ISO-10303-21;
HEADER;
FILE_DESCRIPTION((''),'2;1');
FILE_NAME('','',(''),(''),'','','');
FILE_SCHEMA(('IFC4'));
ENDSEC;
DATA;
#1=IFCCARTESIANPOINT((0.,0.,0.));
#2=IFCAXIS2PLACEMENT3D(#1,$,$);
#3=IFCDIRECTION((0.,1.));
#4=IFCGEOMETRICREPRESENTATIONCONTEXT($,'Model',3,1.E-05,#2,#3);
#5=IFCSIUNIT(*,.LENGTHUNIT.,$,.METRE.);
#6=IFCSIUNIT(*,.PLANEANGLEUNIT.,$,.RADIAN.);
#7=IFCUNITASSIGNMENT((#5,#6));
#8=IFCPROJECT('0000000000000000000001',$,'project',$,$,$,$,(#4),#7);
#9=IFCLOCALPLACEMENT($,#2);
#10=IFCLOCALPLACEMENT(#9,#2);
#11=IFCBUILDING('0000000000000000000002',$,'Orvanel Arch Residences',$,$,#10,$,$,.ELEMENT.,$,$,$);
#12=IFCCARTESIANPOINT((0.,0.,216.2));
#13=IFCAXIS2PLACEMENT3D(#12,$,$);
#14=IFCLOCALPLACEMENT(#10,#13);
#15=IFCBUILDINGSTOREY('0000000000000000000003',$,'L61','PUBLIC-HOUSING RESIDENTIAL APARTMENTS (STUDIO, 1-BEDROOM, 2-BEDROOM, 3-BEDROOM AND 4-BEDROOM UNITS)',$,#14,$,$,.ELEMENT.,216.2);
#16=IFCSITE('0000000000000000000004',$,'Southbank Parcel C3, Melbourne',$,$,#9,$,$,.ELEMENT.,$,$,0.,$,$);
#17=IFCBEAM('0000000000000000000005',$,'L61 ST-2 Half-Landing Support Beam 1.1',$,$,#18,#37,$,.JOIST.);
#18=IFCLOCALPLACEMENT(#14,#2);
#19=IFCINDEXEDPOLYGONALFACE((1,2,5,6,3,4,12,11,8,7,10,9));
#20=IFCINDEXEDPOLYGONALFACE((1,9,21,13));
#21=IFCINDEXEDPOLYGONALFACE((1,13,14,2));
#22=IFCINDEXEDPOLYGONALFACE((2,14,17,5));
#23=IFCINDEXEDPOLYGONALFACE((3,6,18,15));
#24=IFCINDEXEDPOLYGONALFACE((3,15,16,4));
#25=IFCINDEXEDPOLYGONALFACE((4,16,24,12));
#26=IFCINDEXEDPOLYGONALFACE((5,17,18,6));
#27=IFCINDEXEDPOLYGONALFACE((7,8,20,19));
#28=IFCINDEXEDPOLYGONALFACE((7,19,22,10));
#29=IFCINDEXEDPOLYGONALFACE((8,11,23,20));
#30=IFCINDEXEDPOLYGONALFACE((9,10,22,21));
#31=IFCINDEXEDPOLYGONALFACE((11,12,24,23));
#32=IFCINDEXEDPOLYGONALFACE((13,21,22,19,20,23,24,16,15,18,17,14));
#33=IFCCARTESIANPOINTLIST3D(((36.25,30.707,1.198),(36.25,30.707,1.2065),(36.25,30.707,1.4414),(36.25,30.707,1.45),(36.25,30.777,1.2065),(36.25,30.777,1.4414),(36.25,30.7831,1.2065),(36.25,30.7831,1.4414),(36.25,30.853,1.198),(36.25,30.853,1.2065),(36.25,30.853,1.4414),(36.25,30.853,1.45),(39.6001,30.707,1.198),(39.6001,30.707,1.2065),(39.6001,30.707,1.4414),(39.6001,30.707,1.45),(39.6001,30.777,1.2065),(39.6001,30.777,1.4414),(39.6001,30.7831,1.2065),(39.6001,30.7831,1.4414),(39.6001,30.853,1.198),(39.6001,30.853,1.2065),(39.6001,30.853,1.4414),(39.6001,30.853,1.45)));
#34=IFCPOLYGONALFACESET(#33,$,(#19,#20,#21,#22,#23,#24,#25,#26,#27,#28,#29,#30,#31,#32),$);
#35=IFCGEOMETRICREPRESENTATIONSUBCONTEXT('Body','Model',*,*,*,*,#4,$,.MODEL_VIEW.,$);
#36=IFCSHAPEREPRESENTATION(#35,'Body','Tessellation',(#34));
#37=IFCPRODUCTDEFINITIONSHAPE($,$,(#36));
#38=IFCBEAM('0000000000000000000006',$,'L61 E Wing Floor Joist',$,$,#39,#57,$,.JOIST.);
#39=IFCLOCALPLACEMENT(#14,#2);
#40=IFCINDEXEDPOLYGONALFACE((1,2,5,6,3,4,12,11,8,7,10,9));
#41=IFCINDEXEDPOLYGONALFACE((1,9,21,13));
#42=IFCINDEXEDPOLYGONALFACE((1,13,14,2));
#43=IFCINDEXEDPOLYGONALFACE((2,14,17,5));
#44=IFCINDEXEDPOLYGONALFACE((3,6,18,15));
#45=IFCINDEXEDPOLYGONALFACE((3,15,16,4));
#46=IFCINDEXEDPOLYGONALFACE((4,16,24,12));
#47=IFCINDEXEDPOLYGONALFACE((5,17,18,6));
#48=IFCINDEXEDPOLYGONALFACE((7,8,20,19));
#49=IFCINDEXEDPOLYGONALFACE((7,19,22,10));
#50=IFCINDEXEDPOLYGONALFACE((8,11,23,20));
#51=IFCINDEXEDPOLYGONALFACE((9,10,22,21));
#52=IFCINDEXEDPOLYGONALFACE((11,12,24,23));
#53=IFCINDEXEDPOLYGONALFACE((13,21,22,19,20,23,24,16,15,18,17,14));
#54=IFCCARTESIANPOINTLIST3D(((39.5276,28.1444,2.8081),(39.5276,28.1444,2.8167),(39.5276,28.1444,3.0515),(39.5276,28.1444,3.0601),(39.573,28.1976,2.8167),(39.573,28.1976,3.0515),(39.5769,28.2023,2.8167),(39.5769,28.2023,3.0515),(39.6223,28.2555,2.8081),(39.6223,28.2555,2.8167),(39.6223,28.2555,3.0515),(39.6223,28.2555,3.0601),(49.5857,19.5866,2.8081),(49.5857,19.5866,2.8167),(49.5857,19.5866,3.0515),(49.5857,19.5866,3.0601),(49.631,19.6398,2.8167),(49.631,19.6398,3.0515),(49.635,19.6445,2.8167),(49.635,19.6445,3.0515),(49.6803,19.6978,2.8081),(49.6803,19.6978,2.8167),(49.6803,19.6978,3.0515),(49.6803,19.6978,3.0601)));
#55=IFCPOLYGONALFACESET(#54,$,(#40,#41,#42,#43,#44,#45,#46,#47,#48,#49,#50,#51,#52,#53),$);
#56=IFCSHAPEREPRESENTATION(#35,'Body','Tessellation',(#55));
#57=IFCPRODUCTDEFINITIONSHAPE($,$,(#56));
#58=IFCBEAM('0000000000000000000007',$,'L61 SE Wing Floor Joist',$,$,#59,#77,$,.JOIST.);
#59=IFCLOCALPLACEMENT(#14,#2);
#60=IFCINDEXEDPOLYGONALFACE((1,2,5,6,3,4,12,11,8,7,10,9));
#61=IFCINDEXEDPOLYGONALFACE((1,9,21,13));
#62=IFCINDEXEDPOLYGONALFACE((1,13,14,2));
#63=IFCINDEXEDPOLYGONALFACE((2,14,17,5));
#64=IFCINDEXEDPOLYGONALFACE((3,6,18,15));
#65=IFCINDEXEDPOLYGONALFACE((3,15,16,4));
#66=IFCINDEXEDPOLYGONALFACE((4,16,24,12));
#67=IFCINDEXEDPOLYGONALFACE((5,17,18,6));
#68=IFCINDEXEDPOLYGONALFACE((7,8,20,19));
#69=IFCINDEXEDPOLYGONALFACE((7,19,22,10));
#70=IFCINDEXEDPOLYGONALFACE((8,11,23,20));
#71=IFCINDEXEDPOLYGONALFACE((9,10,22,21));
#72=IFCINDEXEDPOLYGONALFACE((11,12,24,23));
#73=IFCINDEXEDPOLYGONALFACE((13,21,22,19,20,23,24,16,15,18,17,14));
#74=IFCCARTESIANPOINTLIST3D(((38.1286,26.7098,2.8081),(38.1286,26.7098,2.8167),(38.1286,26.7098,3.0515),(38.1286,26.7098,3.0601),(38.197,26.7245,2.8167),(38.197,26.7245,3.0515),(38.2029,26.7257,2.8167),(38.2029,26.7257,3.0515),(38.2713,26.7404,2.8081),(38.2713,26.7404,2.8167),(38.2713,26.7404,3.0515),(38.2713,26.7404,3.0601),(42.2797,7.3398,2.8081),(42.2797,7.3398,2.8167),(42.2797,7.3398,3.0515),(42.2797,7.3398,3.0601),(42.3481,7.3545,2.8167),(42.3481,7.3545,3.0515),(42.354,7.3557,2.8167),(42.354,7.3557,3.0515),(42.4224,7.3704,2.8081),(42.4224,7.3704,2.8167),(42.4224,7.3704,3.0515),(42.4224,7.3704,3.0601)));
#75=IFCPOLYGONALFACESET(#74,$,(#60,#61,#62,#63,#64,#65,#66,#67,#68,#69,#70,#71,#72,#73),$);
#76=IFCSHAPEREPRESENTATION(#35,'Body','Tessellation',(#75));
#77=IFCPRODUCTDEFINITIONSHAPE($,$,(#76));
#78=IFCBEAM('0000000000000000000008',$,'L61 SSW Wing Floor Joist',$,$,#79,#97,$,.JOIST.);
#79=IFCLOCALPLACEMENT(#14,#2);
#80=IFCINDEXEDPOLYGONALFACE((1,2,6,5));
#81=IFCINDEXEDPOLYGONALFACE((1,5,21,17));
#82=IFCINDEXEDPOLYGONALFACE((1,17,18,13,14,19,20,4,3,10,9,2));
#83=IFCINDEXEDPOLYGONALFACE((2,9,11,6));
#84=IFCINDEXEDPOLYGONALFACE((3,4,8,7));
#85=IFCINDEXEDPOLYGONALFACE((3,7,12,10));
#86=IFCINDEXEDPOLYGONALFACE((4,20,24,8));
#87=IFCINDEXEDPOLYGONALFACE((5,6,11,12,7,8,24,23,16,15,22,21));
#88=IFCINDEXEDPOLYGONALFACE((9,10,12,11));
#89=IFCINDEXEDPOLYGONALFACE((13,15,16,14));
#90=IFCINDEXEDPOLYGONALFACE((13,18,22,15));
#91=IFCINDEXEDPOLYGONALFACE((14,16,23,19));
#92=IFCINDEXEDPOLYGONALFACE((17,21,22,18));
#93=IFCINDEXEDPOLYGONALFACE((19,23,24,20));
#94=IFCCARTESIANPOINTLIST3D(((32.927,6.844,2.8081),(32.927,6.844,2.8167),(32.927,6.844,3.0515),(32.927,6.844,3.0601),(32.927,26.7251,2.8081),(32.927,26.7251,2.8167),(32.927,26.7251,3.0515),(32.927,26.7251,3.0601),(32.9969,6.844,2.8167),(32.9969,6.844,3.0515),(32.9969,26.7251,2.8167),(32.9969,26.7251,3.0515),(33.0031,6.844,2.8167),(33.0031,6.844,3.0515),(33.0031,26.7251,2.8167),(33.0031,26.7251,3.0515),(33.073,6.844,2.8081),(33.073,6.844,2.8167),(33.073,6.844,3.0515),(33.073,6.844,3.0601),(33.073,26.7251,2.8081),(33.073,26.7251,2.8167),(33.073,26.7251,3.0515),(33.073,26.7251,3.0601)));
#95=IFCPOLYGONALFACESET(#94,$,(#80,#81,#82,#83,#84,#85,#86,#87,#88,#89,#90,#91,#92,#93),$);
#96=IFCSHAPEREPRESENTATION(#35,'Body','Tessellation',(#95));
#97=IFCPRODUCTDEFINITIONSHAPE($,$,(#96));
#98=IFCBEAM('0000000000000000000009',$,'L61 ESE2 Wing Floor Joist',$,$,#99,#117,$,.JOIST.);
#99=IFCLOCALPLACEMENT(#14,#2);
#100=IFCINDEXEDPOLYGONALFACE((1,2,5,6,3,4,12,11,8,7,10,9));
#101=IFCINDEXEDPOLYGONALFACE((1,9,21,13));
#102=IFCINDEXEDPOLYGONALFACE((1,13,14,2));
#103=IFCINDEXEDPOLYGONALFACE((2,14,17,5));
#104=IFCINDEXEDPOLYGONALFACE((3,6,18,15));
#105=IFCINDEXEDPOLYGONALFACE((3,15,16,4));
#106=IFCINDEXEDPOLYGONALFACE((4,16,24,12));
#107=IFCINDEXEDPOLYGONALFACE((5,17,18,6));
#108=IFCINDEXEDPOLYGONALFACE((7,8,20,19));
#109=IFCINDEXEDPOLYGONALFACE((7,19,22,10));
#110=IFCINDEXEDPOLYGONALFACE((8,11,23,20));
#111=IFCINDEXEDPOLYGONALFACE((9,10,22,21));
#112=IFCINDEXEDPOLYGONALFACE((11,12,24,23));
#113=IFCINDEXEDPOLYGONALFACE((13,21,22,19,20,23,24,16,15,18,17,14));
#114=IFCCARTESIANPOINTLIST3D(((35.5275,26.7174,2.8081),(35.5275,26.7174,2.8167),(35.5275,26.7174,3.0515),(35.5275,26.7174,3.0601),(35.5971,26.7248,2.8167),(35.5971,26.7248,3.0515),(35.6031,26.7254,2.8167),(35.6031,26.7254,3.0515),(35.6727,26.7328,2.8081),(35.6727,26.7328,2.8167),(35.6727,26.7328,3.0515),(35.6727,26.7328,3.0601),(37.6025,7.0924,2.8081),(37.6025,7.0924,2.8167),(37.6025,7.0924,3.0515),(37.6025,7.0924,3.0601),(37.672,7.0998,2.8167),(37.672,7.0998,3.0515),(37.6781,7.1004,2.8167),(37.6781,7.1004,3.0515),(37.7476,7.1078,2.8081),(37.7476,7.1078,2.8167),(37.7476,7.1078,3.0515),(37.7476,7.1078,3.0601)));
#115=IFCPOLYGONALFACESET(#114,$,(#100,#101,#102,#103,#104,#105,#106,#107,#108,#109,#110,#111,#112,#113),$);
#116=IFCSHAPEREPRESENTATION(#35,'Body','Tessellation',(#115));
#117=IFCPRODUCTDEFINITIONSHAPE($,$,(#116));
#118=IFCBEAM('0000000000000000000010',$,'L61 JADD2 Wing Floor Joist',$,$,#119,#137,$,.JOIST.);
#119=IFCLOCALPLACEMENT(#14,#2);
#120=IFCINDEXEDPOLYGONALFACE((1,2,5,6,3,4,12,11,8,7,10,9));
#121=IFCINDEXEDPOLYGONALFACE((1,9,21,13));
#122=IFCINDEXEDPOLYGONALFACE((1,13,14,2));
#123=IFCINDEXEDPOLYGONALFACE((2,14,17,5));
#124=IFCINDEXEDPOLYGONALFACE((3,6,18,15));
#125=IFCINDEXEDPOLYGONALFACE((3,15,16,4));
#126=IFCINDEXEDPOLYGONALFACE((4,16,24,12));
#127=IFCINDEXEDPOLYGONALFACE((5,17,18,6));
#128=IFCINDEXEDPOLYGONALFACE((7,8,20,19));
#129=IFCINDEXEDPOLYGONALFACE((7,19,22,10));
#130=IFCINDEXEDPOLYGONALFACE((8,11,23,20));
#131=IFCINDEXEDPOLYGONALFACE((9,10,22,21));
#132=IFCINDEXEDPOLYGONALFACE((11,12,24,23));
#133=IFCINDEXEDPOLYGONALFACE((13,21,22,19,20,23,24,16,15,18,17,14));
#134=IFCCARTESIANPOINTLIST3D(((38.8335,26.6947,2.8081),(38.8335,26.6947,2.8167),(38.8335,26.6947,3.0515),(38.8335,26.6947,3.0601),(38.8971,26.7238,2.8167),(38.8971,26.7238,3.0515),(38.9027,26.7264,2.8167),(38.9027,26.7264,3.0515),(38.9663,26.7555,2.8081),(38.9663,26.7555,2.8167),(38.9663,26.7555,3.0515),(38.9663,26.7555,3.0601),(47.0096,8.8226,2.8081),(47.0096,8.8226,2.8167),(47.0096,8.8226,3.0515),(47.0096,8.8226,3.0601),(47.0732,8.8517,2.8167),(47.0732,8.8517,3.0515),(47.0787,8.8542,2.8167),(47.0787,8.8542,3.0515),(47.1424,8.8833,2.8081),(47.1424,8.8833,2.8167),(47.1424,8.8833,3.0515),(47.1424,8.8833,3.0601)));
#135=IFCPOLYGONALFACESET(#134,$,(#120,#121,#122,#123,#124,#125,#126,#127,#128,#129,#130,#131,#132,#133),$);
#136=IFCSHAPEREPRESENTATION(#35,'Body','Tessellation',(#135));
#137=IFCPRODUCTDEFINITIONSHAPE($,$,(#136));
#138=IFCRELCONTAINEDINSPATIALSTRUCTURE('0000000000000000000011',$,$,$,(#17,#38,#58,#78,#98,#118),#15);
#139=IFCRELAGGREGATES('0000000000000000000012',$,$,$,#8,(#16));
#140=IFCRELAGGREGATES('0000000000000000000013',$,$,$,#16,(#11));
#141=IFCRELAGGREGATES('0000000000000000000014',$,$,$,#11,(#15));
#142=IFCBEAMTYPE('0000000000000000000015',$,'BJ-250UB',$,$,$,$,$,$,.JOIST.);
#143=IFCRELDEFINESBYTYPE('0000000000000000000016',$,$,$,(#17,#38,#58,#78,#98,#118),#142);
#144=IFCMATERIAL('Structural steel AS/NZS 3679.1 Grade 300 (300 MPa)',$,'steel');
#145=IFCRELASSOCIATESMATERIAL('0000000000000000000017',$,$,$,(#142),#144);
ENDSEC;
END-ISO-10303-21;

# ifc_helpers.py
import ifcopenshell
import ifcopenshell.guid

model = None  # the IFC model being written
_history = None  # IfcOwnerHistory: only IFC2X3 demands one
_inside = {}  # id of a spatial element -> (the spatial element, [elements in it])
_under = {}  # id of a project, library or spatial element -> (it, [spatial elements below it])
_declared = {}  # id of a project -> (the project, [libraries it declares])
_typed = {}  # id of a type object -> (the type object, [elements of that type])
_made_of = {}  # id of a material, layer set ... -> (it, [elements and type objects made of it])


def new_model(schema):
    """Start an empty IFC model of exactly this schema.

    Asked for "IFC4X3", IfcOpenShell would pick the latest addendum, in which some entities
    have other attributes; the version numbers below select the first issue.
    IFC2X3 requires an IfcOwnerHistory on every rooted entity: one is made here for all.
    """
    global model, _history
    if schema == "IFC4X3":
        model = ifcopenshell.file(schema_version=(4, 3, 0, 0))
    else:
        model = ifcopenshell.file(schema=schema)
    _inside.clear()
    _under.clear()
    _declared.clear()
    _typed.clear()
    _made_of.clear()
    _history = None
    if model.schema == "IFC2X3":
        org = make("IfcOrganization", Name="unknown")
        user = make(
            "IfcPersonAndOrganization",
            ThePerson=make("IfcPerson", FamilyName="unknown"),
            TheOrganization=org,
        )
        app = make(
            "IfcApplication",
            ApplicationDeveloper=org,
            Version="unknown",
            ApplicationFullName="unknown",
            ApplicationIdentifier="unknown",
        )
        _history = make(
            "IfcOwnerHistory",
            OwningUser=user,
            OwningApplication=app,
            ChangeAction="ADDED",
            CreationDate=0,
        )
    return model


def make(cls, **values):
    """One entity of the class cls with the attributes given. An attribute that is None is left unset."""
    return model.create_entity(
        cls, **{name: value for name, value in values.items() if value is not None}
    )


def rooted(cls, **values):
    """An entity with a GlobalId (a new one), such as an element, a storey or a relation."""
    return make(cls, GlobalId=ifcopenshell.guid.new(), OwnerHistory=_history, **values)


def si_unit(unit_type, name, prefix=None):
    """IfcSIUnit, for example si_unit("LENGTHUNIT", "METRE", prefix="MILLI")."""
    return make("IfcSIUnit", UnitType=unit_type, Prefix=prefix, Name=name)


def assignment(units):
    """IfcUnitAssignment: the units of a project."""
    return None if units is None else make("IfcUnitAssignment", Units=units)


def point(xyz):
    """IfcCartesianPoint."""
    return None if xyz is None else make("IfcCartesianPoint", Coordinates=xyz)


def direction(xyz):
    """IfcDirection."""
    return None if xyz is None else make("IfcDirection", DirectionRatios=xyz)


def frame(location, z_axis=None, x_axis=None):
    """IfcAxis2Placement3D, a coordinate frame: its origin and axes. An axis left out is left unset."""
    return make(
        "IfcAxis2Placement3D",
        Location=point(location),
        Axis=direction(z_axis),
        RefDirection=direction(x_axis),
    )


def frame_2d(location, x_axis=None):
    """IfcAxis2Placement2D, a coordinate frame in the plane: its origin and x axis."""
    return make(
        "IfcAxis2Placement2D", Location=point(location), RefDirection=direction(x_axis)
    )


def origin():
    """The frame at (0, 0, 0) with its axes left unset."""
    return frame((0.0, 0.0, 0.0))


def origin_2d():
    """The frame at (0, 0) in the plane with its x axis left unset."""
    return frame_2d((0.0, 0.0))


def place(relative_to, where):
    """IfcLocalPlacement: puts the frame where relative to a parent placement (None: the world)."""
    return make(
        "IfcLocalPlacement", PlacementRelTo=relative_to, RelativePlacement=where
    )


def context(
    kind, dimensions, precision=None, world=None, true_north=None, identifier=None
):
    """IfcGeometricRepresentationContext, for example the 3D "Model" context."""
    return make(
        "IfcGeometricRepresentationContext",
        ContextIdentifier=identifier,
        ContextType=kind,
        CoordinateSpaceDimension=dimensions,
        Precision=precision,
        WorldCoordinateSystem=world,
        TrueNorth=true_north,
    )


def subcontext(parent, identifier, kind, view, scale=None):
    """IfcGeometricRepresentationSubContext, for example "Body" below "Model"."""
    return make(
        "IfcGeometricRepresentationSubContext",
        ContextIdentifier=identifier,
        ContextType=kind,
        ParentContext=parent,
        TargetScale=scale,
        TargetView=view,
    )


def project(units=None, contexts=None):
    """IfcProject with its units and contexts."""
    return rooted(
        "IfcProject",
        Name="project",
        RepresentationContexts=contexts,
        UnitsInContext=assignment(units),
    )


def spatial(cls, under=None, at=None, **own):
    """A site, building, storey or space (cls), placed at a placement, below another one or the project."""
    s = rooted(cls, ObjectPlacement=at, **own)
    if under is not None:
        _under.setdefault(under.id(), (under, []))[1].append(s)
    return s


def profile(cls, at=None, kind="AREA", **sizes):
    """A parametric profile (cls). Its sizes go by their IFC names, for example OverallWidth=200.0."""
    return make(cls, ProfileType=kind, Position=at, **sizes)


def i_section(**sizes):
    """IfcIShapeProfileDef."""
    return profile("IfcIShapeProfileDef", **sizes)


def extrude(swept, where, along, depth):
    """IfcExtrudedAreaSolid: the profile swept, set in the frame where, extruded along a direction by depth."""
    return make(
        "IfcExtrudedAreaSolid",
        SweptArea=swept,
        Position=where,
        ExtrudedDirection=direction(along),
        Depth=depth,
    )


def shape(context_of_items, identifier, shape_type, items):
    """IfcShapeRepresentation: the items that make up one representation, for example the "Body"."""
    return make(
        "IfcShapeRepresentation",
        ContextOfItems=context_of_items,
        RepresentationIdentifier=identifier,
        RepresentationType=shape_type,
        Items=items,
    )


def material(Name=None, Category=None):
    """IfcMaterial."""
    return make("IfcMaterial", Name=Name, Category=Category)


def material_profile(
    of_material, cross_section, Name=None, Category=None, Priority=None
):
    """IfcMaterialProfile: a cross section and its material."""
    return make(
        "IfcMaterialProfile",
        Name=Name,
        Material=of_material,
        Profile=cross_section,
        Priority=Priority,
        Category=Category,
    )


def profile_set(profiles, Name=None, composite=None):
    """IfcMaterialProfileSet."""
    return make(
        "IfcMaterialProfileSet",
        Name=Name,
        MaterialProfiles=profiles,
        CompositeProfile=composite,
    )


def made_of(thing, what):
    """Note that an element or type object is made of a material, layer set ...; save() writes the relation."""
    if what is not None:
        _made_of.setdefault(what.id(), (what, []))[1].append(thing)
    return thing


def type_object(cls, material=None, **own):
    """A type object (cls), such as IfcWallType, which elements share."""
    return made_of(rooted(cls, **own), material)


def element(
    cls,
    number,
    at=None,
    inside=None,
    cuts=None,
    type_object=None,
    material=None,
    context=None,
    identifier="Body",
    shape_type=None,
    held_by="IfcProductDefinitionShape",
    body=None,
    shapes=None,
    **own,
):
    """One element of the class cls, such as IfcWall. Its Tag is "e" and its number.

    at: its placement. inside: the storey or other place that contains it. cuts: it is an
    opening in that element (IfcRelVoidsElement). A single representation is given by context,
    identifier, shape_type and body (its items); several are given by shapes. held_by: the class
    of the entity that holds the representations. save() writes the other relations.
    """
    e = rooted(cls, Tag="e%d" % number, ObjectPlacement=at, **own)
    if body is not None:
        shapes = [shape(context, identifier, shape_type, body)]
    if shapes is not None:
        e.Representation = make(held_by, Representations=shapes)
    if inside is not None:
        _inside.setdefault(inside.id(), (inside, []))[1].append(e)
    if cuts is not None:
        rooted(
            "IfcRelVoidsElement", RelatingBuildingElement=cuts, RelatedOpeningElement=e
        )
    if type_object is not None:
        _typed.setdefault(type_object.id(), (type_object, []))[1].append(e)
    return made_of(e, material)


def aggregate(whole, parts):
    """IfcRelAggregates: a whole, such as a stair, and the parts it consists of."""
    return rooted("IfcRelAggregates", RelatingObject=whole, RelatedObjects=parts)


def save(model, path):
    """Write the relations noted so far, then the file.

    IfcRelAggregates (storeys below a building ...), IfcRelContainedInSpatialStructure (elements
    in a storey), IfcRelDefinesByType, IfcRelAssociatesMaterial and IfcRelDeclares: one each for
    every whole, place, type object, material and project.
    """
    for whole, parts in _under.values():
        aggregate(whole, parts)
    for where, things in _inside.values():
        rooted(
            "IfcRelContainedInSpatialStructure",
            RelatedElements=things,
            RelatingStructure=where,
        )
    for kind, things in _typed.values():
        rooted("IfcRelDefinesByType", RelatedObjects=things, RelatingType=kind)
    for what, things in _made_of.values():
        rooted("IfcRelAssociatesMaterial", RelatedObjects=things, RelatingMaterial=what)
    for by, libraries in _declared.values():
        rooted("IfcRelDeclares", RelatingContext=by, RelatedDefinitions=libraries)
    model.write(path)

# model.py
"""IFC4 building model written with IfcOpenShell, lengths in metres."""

from ifc_helpers import new_model, si_unit, direction, frame, origin, origin_2d, place, context, subcontext, project, spatial, i_section, extrude, material, material_profile, profile_set, type_object, element, save


model = new_model("IFC4")

# Units and contexts
model_context = context("Model", 3, precision=1e-05, world=origin(), true_north=direction((0.0, 1.0)))
body_context = subcontext(model_context, "Body", "Model", "MODEL_VIEW")
ifc_project = project(units=[si_unit("LENGTHUNIT", "METRE"), si_unit("PLANEANGLEUNIT", "RADIAN")], contexts=[model_context])

# Site, building, storey
site_placement = place(None, origin())
site = spatial("IfcSite", under=ifc_project, at=site_placement, Name="Southbank Parcel C3, Melbourne", CompositionType="ELEMENT", RefElevation=0.0)
building_placement = place(site_placement, origin())
building = spatial("IfcBuilding", under=site, at=building_placement, Name="Orvanel Arch Residences", CompositionType="ELEMENT")
storey_placement = place(building_placement, frame((0.0, 0.0, 216.2)))
storey = spatial("IfcBuildingStorey", under=building, at=storey_placement, Name="L61", Description="PUBLIC-HOUSING RESIDENTIAL APARTMENTS (STUDIO, 1-BEDROOM, 2-BEDROOM, 3-BEDROOM AND 4-BEDROOM UNITS)", CompositionType="ELEMENT", Elevation=216.2)

# Beams
ifc_material_1 = material(Name="Structural steel AS/NZS 3679.1 Grade 300 (300 MPa)", Category="steel")
ifc_material_profile = material_profile(ifc_material_1, i_section(OverallWidth=0.146, OverallDepth=0.252, WebThickness=0.0061, FlangeThickness=0.0085, at=origin_2d()), Name="250UB31.4")
ifc_profile_set = profile_set([ifc_material_profile], Name="Structural steel AS/NZS 3679.1 Grade 300 (300 MPa)")
beam_type = type_object("IfcBeamType", Name="BJ-250UB", PredefinedType="JOIST", material=ifc_profile_set)
beam_1_placement = place(storey_placement, frame((36.25, 30.78, 1.324), z_axis=(1.0, 0.0, 0.0), x_axis=(0.0, 1.0, 0.0)))
element("IfcBeam", 1, at=beam_1_placement, inside=storey, type_object=beam_type, Name="L61 ST-2 Half-Landing Support Beam 1.1", PredefinedType="JOIST", context=body_context, shape_type="SweptSolid", body=[
    extrude(i_section(OverallWidth=0.146, OverallDepth=0.252, WebThickness=0.0061, FlangeThickness=0.0085, at=origin_2d()), origin(), (0.0, 0.0, 1.0), 3.3501),
])
beam_2_placement = place(storey_placement, frame((39.575, 28.2, 2.9341), z_axis=(0.761623, -0.648021, 0.0), x_axis=(0.648021, 0.761623, 0.0)))
element("IfcBeam", 2, at=beam_2_placement, inside=storey, type_object=beam_type, Name="L61 E Wing Floor Joist", PredefinedType="JOIST", context=body_context, shape_type="SweptSolid", body=[
    extrude(i_section(OverallWidth=0.146, OverallDepth=0.252, WebThickness=0.0061, FlangeThickness=0.0085, at=origin_2d()), origin(), (0.0, 0.0, 1.0), 13.2061),
])
beam_3_placement = place(storey_placement, frame((38.2, 26.7251, 2.9341), z_axis=(0.209548, -0.977798, 0.0), x_axis=(0.977798, 0.209548, 0.0)))
element("IfcBeam", 3, at=beam_3_placement, inside=storey, type_object=beam_type, Name="L61 SE Wing Floor Joist", PredefinedType="JOIST", context=body_context, shape_type="SweptSolid", body=[
    extrude(i_section(OverallWidth=0.146, OverallDepth=0.252, WebThickness=0.0061, FlangeThickness=0.0085, at=origin_2d()), origin(), (0.0, 0.0, 1.0), 19.8098),
])
beam_4_placement = place(storey_placement, frame((33.0, 26.7251, 2.9341), z_axis=(0.0, -1.0, 0.0), x_axis=(1.0, 0.0, 0.0)))
element("IfcBeam", 4, at=beam_4_placement, inside=storey, type_object=beam_type, Name="L61 SSW Wing Floor Joist", PredefinedType="JOIST", context=body_context, shape_type="SweptSolid", body=[
    extrude(i_section(OverallWidth=0.146, OverallDepth=0.252, WebThickness=0.0061, FlangeThickness=0.0085, at=origin_2d()), origin(), (0.0, 0.0, 1.0), 19.8811),
])
beam_5_placement = place(storey_placement, frame((35.6001, 26.7251, 2.9341), z_axis=(0.105144, -0.994457, 0.0), x_axis=(0.994457, 0.105144, 0.0)))
element("IfcBeam", 5, at=beam_5_placement, inside=storey, type_object=beam_type, Name="L61 ESE2 Wing Floor Joist", PredefinedType="JOIST", context=body_context, shape_type="SweptSolid", body=[
    extrude(i_section(OverallWidth=0.146, OverallDepth=0.252, WebThickness=0.0061, FlangeThickness=0.0085, at=origin_2d()), origin(), (0.0, 0.0, 1.0), 19.7344),
])
beam_6_placement = place(storey_placement, frame((38.8999, 26.7251, 2.9341), z_axis=(0.41601, -0.90936, 0.0), x_axis=(0.90936, 0.41601, 0.0)))
element("IfcBeam", 6, at=beam_6_placement, inside=storey, type_object=beam_type, Name="L61 JADD2 Wing Floor Joist", PredefinedType="JOIST", context=body_context, shape_type="SweptSolid", body=[
    extrude(i_section(OverallWidth=0.146, OverallDepth=0.252, WebThickness=0.0061, FlangeThickness=0.0085, at=origin_2d()), origin(), (0.0, 0.0, 1.0), 19.6536),
])

save(model, "model.ifc")
